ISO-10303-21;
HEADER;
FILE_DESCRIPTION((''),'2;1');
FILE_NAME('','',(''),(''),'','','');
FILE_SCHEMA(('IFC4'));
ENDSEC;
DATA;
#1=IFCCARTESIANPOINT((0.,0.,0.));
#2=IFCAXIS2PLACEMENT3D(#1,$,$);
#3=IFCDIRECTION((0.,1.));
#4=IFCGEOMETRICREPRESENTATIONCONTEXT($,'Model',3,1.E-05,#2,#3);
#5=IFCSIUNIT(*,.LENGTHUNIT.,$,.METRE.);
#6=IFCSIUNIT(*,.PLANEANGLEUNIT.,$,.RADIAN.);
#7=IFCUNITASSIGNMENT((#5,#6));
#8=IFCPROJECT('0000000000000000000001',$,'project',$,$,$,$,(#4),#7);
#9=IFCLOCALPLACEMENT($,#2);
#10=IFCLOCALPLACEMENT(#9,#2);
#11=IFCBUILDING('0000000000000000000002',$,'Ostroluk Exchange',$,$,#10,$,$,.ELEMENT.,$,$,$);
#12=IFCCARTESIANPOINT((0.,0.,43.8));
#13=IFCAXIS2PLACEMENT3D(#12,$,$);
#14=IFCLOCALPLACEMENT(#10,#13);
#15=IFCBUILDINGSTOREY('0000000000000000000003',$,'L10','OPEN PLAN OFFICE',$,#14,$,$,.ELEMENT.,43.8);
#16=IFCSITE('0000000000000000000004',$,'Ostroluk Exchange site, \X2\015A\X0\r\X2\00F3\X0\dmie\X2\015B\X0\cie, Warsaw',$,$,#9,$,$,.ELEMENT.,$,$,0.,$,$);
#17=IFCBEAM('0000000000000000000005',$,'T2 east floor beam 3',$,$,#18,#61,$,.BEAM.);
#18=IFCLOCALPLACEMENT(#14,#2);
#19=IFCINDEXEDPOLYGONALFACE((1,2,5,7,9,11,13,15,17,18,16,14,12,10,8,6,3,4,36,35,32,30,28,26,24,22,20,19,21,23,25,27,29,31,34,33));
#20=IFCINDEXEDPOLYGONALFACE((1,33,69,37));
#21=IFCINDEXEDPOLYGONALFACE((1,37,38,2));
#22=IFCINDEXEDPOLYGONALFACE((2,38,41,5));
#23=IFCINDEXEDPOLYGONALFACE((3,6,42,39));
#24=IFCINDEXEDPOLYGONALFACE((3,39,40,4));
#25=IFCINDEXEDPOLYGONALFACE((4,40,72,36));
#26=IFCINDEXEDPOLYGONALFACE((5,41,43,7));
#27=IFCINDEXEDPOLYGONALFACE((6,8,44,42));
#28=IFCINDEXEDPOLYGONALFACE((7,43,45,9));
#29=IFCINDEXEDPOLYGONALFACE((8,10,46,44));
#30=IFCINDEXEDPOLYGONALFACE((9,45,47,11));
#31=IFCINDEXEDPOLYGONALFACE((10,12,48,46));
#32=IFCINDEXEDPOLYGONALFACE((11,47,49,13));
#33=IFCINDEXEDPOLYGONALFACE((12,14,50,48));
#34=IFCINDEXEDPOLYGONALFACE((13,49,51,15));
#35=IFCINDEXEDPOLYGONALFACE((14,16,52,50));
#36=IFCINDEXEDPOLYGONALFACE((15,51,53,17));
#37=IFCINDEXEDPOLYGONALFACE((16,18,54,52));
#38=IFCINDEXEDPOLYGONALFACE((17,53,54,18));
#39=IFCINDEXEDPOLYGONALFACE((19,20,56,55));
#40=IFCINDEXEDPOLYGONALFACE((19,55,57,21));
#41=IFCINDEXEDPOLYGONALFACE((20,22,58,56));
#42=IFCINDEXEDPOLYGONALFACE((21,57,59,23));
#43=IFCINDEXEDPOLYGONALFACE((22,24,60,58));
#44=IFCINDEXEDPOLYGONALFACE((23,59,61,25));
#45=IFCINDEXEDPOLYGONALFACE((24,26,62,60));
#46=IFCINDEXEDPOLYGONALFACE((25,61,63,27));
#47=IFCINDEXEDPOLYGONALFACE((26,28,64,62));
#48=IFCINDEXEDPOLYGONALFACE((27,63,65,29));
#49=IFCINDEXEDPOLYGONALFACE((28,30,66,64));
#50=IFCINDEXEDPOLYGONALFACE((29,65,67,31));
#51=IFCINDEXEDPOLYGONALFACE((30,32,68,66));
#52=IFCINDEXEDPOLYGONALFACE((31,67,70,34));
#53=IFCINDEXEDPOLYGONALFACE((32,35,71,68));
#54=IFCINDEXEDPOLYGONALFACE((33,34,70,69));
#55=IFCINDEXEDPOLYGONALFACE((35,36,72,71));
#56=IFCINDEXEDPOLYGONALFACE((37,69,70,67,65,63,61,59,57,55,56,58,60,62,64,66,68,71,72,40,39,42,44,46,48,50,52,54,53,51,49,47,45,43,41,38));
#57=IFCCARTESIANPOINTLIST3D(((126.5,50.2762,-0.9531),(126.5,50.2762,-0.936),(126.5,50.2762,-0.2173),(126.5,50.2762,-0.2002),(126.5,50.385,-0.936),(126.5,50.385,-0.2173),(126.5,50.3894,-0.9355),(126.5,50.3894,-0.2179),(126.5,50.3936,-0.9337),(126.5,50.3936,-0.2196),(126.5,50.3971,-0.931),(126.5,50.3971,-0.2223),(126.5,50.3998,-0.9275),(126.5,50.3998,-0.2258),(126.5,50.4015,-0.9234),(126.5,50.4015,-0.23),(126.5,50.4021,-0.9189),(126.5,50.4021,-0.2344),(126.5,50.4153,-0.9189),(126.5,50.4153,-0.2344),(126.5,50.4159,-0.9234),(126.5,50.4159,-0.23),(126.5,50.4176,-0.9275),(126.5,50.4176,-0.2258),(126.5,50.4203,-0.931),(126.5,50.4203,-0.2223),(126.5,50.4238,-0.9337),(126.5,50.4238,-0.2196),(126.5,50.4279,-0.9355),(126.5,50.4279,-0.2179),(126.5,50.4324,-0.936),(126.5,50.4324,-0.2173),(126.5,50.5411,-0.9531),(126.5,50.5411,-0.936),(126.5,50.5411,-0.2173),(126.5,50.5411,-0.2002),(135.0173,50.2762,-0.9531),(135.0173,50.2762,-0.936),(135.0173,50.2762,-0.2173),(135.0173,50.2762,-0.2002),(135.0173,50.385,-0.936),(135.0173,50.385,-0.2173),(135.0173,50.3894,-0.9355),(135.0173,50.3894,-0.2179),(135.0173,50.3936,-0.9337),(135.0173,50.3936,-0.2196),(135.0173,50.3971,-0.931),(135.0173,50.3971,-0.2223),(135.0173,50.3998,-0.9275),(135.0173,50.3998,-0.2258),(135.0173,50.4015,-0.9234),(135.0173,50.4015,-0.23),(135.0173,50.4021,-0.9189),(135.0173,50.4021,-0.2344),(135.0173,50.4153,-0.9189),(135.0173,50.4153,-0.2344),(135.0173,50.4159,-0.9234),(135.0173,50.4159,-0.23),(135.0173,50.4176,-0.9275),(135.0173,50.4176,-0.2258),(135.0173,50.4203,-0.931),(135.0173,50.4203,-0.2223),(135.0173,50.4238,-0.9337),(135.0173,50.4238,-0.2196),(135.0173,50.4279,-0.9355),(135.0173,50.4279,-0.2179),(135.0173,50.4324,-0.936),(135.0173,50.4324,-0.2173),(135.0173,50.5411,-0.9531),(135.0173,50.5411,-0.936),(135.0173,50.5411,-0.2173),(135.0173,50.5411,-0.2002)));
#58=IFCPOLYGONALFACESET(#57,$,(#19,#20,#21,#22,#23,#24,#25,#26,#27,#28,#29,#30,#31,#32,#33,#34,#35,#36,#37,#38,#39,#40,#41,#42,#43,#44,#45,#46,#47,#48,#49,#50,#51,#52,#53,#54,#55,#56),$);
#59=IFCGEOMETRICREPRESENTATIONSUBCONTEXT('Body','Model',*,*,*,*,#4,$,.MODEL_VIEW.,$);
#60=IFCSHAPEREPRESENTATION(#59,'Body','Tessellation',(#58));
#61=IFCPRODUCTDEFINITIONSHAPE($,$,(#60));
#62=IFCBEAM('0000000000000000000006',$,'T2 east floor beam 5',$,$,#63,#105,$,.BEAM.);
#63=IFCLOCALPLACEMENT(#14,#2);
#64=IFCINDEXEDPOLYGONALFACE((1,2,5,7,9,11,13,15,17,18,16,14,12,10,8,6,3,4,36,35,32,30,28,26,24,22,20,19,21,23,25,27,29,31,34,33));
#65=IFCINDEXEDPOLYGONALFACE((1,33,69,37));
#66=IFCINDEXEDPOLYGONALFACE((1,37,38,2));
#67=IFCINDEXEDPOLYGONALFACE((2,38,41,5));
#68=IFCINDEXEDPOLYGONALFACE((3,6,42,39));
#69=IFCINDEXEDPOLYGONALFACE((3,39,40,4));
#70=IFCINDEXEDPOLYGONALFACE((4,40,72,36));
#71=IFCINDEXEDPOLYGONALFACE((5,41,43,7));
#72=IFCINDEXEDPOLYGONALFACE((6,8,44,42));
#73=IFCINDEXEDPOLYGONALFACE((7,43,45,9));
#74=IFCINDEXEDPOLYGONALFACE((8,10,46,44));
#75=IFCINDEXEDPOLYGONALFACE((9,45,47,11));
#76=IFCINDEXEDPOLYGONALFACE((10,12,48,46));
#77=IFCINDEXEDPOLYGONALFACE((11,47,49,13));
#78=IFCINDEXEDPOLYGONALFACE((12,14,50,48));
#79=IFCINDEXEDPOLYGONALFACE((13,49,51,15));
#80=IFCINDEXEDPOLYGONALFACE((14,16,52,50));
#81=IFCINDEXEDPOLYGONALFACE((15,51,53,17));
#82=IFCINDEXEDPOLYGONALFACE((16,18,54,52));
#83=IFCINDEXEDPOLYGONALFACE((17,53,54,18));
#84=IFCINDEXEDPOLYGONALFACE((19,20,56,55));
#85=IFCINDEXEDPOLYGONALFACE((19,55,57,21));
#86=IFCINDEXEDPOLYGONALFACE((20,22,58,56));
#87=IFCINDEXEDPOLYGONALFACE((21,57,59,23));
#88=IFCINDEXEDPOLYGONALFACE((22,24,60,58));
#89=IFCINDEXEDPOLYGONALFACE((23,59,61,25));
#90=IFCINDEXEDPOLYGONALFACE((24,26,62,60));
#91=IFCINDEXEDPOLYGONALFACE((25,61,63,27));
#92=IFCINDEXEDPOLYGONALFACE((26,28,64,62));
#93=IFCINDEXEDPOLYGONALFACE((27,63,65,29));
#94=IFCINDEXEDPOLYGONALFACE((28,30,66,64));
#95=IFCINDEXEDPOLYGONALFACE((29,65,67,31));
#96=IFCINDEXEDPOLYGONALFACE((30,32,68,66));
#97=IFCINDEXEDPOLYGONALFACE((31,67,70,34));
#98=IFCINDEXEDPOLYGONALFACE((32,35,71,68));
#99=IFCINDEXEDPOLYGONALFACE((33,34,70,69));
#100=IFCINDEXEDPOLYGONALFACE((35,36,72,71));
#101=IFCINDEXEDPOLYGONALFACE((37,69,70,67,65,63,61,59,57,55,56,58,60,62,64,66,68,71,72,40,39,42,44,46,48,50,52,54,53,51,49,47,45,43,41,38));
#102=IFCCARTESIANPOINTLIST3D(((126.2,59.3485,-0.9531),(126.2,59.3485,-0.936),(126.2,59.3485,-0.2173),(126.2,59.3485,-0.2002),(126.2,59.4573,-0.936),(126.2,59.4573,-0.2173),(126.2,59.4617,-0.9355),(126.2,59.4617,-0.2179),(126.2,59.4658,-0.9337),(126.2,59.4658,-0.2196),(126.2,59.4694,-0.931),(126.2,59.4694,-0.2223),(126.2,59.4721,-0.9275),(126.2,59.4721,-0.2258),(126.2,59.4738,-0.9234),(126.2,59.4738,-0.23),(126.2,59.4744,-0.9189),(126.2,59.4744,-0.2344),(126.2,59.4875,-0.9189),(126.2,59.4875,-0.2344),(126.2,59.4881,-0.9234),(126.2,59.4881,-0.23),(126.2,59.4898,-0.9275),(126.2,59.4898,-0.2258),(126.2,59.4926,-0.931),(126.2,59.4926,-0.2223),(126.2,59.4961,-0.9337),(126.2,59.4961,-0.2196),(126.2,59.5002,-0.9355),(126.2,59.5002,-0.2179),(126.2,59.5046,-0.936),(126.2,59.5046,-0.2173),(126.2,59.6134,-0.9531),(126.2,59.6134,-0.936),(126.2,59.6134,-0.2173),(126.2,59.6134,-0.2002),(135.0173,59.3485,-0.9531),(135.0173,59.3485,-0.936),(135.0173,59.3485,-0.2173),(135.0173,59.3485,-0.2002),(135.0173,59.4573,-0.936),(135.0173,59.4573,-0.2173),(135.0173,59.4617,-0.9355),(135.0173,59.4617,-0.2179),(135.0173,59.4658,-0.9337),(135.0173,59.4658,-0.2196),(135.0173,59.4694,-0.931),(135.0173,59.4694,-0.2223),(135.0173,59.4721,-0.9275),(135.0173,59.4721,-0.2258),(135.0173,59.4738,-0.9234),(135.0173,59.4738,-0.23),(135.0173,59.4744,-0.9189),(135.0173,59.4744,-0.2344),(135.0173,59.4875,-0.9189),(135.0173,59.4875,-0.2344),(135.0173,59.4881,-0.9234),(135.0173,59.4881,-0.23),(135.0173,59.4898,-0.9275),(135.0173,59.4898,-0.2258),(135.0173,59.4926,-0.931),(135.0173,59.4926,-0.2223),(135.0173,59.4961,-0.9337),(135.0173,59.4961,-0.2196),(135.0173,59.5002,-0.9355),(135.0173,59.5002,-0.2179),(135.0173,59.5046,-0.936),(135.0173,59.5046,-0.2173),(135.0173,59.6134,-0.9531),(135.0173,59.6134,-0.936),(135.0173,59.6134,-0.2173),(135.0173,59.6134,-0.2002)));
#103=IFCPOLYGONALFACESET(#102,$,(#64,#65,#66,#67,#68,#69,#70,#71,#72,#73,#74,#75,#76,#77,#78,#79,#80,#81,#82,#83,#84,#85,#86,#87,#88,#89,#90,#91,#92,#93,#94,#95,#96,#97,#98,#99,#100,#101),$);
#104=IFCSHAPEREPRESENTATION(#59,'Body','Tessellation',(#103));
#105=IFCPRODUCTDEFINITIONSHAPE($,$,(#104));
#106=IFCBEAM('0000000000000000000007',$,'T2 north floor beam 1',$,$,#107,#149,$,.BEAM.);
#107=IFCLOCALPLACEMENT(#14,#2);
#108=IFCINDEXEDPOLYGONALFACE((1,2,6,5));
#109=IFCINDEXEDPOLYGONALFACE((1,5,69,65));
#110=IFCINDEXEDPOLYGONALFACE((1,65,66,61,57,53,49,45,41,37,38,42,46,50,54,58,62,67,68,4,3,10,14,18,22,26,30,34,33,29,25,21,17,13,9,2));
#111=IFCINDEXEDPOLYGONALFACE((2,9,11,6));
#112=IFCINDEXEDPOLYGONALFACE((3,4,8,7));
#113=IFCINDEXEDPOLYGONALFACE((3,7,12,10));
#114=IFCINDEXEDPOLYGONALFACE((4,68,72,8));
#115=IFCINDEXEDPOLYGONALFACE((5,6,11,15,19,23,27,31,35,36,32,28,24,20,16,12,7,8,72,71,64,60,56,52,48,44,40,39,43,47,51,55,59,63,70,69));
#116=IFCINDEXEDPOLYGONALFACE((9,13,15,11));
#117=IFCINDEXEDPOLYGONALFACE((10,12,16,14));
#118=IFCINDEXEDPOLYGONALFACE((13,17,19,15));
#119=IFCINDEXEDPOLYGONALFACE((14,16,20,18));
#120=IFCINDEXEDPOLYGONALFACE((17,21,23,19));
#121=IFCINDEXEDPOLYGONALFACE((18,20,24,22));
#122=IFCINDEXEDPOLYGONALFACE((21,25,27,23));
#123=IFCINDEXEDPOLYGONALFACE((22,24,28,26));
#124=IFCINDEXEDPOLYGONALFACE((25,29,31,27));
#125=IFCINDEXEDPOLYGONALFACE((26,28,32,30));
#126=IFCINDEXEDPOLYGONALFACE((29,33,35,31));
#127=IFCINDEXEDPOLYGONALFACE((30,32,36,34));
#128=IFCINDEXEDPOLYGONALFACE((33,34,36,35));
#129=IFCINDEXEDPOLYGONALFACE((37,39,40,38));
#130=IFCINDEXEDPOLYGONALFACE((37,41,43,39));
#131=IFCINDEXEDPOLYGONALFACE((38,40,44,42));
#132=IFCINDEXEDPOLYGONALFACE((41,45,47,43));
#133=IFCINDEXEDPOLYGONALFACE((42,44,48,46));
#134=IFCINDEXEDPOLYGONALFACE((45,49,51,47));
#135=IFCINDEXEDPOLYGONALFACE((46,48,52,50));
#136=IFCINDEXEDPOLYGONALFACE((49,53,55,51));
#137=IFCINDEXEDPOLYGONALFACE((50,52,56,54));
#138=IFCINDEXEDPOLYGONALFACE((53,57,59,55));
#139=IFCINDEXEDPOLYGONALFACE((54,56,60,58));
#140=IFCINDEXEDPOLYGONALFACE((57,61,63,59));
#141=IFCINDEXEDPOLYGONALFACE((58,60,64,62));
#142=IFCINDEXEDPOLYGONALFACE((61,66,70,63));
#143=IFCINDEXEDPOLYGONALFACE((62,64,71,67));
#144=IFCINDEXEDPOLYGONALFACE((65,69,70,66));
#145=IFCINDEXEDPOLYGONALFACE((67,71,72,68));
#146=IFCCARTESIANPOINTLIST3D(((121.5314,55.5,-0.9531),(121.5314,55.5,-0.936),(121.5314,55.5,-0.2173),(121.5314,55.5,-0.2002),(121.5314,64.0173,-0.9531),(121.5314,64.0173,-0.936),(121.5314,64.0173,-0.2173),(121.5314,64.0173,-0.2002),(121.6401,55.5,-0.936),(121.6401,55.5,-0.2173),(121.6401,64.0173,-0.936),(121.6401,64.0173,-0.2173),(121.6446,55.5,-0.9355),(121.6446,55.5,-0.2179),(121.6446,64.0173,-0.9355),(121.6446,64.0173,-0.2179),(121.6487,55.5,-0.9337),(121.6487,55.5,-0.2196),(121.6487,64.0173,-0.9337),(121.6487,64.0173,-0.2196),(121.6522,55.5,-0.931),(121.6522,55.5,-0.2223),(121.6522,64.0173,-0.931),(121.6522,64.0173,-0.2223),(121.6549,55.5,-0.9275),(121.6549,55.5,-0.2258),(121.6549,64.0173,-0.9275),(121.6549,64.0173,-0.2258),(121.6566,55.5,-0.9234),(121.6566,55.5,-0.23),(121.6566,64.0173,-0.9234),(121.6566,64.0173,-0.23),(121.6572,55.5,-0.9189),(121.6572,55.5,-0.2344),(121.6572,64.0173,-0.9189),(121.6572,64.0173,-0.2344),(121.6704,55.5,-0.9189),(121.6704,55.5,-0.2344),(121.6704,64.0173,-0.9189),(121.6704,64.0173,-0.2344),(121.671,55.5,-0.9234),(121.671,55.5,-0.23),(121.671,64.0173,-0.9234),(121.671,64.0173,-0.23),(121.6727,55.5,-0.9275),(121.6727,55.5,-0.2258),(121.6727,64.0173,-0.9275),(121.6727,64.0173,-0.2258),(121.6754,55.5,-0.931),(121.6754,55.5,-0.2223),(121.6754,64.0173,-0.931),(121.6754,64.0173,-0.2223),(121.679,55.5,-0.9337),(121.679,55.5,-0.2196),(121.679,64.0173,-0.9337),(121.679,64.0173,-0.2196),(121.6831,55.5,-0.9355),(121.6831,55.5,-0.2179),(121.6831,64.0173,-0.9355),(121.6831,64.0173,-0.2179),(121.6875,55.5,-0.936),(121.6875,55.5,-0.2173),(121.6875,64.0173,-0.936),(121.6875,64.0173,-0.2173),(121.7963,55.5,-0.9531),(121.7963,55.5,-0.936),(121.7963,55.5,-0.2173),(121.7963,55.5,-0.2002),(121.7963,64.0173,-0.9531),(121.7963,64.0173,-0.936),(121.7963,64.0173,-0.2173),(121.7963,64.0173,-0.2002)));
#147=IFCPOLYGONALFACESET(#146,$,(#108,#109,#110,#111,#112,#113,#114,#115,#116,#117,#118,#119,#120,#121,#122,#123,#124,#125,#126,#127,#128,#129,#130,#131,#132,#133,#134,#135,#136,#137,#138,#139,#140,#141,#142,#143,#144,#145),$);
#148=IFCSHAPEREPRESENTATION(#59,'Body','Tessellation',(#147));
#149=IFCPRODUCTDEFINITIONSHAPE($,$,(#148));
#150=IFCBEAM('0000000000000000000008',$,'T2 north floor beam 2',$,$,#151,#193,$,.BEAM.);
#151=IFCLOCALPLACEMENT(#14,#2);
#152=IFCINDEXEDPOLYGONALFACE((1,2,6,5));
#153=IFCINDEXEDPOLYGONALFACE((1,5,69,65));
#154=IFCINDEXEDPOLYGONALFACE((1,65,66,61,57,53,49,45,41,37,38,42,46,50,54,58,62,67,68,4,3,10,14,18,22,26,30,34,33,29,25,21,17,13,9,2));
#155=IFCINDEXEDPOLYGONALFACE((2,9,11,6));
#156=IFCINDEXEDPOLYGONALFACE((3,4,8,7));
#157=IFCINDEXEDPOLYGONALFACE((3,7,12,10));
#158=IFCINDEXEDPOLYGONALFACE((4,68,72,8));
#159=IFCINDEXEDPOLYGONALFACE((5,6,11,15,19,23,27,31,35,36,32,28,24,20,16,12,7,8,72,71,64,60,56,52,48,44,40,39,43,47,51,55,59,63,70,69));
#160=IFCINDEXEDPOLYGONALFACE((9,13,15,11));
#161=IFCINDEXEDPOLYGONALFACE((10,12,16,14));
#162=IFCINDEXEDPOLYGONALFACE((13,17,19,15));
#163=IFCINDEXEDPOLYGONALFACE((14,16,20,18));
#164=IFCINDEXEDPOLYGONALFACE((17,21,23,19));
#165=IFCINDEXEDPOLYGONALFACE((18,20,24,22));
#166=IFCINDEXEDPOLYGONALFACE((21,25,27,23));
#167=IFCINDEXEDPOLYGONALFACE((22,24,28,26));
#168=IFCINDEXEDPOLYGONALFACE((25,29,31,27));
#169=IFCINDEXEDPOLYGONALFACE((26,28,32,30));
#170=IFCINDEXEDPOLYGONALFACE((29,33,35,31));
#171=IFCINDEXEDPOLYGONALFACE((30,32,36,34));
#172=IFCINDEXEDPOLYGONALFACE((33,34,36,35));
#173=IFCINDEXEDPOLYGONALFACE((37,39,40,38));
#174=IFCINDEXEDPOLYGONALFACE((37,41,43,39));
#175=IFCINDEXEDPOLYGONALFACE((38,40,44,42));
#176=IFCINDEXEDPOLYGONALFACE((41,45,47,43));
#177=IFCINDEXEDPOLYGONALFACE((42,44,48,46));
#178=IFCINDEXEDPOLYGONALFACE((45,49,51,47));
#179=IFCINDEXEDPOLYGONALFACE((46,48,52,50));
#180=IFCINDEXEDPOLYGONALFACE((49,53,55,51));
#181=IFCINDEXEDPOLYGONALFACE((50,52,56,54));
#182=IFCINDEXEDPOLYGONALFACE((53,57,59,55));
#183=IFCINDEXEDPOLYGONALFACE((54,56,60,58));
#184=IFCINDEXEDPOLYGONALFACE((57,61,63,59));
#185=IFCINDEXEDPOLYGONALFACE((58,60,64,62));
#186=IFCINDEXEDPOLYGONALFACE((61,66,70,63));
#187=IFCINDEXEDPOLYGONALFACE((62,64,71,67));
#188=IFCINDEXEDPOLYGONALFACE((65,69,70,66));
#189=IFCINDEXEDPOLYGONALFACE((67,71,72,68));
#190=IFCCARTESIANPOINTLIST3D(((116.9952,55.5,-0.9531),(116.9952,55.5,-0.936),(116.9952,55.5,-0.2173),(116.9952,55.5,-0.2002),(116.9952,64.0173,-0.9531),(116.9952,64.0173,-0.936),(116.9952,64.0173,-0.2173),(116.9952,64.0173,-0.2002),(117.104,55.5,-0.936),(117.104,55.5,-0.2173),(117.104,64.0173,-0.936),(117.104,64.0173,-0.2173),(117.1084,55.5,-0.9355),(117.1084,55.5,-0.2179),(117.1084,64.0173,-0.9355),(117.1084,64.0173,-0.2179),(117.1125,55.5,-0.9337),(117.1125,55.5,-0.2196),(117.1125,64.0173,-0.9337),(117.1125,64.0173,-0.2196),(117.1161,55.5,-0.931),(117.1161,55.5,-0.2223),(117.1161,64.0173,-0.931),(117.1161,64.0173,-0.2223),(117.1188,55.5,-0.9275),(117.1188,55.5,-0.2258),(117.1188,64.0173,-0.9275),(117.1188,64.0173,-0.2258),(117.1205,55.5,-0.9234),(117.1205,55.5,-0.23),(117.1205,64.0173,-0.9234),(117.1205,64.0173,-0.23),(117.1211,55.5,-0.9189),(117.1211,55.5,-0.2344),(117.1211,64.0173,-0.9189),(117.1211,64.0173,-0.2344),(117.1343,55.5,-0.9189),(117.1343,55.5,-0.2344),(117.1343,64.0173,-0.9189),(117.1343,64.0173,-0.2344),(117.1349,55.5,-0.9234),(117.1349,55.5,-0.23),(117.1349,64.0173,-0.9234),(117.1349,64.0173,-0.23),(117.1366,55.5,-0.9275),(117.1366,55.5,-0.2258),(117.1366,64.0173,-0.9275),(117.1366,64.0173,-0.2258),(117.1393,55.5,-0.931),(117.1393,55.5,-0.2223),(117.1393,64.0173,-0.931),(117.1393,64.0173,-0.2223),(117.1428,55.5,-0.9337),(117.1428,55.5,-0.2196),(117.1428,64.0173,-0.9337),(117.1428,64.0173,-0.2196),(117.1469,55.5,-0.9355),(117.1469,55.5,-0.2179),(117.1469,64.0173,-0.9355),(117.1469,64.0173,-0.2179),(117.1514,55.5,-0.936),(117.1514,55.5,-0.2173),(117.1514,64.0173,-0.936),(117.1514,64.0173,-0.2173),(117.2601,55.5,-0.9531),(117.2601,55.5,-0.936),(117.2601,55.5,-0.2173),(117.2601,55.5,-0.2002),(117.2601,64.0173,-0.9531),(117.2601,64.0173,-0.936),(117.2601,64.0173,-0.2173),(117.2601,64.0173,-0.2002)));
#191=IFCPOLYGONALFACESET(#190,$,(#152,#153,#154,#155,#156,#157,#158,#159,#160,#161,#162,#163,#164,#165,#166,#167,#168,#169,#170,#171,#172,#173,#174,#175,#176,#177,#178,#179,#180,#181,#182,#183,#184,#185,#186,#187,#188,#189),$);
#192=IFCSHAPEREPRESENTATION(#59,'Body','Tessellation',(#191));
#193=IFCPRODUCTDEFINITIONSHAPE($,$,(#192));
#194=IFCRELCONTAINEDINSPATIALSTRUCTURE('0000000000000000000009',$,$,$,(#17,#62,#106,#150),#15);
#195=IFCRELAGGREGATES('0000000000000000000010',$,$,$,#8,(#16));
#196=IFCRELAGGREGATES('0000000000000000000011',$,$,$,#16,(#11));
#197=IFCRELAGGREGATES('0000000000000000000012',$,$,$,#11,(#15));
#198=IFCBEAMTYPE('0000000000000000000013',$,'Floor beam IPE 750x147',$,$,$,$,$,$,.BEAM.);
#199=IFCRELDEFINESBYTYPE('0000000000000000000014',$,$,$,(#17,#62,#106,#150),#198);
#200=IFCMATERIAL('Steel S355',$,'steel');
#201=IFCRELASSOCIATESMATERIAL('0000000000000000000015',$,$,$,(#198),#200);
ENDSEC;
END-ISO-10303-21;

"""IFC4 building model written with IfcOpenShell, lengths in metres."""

from ifc_helpers import new_model, si_unit, direction, frame, origin, origin_2d, place, context, subcontext, project, spatial, i_section, extrude, material, material_profile, profile_set, type_object, element, save


model = new_model("IFC4")

# Units and contexts
model_context = context("Model", 3, precision=1e-05, world=origin(), true_north=direction((0.0, 1.0)))
body_context = subcontext(model_context, "Body", "Model", "MODEL_VIEW")
ifc_project = project(units=[si_unit("LENGTHUNIT", "METRE"), si_unit("PLANEANGLEUNIT", "RADIAN")], contexts=[model_context])

# Site, building, storey
site_placement = place(None, origin())
site = spatial("IfcSite", under=ifc_project, at=site_placement, Name="Ostroluk Exchange site, Śródmieście, Warsaw", CompositionType="ELEMENT", RefElevation=0.0)
building_placement = place(site_placement, origin())
building = spatial("IfcBuilding", under=site, at=building_placement, Name="Ostroluk Exchange", CompositionType="ELEMENT")
storey_placement = place(building_placement, frame((0.0, 0.0, 43.8)))
storey = spatial("IfcBuildingStorey", under=building, at=storey_placement, Name="L10", Description="OPEN PLAN OFFICE", CompositionType="ELEMENT", Elevation=43.8)

# Beams
ifc_material_1 = material(Name="Steel S355", Category="steel")
ifc_material_profile_1 = material_profile(ifc_material_1, i_section(OverallWidth=0.2649, OverallDepth=0.7529, WebThickness=0.0132, FlangeThickness=0.0171, FilletRadius=0.0171, at=origin_2d()), Name="IPE 750x147")
ifc_profile_set_1 = profile_set([ifc_material_profile_1], Name="Steel S355")
beam_type_1 = type_object("IfcBeamType", Name="Floor beam IPE 750x147", PredefinedType="BEAM", material=ifc_profile_set_1)
beam_1_placement = place(storey_placement, frame((126.5, 50.4087, -0.5767), z_axis=(1.0, 0.0, 0.0), x_axis=(0.0, 1.0, 0.0)))
element("IfcBeam", 1, at=beam_1_placement, inside=storey, type_object=beam_type_1, Name="T2 east floor beam 3", PredefinedType="BEAM", context=body_context, shape_type="SweptSolid", body=[
    extrude(i_section(OverallWidth=0.2649, OverallDepth=0.7529, WebThickness=0.0132, FlangeThickness=0.0171, FilletRadius=0.0171, at=origin_2d()), origin(), (0.0, 0.0, 1.0), 8.5173),
])
beam_2_placement = place(storey_placement, frame((126.2, 59.481, -0.5767), z_axis=(1.0, 0.0, 0.0), x_axis=(0.0, 1.0, 0.0)))
element("IfcBeam", 2, at=beam_2_placement, inside=storey, type_object=beam_type_1, Name="T2 east floor beam 5", PredefinedType="BEAM", context=body_context, shape_type="SweptSolid", body=[
    extrude(i_section(OverallWidth=0.2649, OverallDepth=0.7529, WebThickness=0.0132, FlangeThickness=0.0171, FilletRadius=0.0171, at=origin_2d()), origin(), (0.0, 0.0, 1.0), 8.8174),
])
for number, where, z_axis, x_axis, name in (
    (3, (121.6638, 55.5, -0.5767), (0.0, 1.0, 0.0), (-1.0, 0.0, 0.0), "T2 north floor beam 1"),
    (4, (117.1277, 55.5, -0.5767), (0.0, 1.0, 0.0), (-1.0, 0.0, 0.0), "T2 north floor beam 2"),
):
    element("IfcBeam", number, at=place(storey_placement, frame(where, z_axis=z_axis, x_axis=x_axis)), inside=storey, type_object=beam_type_1, Name=name, PredefinedType="BEAM", context=body_context, shape_type="SweptSolid", body=[
        extrude(i_section(OverallWidth=0.2649, OverallDepth=0.7529, WebThickness=0.0132, FlangeThickness=0.0171, FilletRadius=0.0171, at=origin_2d()), origin(), (0.0, 0.0, 1.0), 8.5173),
    ])

save(model, "model.ifc")
